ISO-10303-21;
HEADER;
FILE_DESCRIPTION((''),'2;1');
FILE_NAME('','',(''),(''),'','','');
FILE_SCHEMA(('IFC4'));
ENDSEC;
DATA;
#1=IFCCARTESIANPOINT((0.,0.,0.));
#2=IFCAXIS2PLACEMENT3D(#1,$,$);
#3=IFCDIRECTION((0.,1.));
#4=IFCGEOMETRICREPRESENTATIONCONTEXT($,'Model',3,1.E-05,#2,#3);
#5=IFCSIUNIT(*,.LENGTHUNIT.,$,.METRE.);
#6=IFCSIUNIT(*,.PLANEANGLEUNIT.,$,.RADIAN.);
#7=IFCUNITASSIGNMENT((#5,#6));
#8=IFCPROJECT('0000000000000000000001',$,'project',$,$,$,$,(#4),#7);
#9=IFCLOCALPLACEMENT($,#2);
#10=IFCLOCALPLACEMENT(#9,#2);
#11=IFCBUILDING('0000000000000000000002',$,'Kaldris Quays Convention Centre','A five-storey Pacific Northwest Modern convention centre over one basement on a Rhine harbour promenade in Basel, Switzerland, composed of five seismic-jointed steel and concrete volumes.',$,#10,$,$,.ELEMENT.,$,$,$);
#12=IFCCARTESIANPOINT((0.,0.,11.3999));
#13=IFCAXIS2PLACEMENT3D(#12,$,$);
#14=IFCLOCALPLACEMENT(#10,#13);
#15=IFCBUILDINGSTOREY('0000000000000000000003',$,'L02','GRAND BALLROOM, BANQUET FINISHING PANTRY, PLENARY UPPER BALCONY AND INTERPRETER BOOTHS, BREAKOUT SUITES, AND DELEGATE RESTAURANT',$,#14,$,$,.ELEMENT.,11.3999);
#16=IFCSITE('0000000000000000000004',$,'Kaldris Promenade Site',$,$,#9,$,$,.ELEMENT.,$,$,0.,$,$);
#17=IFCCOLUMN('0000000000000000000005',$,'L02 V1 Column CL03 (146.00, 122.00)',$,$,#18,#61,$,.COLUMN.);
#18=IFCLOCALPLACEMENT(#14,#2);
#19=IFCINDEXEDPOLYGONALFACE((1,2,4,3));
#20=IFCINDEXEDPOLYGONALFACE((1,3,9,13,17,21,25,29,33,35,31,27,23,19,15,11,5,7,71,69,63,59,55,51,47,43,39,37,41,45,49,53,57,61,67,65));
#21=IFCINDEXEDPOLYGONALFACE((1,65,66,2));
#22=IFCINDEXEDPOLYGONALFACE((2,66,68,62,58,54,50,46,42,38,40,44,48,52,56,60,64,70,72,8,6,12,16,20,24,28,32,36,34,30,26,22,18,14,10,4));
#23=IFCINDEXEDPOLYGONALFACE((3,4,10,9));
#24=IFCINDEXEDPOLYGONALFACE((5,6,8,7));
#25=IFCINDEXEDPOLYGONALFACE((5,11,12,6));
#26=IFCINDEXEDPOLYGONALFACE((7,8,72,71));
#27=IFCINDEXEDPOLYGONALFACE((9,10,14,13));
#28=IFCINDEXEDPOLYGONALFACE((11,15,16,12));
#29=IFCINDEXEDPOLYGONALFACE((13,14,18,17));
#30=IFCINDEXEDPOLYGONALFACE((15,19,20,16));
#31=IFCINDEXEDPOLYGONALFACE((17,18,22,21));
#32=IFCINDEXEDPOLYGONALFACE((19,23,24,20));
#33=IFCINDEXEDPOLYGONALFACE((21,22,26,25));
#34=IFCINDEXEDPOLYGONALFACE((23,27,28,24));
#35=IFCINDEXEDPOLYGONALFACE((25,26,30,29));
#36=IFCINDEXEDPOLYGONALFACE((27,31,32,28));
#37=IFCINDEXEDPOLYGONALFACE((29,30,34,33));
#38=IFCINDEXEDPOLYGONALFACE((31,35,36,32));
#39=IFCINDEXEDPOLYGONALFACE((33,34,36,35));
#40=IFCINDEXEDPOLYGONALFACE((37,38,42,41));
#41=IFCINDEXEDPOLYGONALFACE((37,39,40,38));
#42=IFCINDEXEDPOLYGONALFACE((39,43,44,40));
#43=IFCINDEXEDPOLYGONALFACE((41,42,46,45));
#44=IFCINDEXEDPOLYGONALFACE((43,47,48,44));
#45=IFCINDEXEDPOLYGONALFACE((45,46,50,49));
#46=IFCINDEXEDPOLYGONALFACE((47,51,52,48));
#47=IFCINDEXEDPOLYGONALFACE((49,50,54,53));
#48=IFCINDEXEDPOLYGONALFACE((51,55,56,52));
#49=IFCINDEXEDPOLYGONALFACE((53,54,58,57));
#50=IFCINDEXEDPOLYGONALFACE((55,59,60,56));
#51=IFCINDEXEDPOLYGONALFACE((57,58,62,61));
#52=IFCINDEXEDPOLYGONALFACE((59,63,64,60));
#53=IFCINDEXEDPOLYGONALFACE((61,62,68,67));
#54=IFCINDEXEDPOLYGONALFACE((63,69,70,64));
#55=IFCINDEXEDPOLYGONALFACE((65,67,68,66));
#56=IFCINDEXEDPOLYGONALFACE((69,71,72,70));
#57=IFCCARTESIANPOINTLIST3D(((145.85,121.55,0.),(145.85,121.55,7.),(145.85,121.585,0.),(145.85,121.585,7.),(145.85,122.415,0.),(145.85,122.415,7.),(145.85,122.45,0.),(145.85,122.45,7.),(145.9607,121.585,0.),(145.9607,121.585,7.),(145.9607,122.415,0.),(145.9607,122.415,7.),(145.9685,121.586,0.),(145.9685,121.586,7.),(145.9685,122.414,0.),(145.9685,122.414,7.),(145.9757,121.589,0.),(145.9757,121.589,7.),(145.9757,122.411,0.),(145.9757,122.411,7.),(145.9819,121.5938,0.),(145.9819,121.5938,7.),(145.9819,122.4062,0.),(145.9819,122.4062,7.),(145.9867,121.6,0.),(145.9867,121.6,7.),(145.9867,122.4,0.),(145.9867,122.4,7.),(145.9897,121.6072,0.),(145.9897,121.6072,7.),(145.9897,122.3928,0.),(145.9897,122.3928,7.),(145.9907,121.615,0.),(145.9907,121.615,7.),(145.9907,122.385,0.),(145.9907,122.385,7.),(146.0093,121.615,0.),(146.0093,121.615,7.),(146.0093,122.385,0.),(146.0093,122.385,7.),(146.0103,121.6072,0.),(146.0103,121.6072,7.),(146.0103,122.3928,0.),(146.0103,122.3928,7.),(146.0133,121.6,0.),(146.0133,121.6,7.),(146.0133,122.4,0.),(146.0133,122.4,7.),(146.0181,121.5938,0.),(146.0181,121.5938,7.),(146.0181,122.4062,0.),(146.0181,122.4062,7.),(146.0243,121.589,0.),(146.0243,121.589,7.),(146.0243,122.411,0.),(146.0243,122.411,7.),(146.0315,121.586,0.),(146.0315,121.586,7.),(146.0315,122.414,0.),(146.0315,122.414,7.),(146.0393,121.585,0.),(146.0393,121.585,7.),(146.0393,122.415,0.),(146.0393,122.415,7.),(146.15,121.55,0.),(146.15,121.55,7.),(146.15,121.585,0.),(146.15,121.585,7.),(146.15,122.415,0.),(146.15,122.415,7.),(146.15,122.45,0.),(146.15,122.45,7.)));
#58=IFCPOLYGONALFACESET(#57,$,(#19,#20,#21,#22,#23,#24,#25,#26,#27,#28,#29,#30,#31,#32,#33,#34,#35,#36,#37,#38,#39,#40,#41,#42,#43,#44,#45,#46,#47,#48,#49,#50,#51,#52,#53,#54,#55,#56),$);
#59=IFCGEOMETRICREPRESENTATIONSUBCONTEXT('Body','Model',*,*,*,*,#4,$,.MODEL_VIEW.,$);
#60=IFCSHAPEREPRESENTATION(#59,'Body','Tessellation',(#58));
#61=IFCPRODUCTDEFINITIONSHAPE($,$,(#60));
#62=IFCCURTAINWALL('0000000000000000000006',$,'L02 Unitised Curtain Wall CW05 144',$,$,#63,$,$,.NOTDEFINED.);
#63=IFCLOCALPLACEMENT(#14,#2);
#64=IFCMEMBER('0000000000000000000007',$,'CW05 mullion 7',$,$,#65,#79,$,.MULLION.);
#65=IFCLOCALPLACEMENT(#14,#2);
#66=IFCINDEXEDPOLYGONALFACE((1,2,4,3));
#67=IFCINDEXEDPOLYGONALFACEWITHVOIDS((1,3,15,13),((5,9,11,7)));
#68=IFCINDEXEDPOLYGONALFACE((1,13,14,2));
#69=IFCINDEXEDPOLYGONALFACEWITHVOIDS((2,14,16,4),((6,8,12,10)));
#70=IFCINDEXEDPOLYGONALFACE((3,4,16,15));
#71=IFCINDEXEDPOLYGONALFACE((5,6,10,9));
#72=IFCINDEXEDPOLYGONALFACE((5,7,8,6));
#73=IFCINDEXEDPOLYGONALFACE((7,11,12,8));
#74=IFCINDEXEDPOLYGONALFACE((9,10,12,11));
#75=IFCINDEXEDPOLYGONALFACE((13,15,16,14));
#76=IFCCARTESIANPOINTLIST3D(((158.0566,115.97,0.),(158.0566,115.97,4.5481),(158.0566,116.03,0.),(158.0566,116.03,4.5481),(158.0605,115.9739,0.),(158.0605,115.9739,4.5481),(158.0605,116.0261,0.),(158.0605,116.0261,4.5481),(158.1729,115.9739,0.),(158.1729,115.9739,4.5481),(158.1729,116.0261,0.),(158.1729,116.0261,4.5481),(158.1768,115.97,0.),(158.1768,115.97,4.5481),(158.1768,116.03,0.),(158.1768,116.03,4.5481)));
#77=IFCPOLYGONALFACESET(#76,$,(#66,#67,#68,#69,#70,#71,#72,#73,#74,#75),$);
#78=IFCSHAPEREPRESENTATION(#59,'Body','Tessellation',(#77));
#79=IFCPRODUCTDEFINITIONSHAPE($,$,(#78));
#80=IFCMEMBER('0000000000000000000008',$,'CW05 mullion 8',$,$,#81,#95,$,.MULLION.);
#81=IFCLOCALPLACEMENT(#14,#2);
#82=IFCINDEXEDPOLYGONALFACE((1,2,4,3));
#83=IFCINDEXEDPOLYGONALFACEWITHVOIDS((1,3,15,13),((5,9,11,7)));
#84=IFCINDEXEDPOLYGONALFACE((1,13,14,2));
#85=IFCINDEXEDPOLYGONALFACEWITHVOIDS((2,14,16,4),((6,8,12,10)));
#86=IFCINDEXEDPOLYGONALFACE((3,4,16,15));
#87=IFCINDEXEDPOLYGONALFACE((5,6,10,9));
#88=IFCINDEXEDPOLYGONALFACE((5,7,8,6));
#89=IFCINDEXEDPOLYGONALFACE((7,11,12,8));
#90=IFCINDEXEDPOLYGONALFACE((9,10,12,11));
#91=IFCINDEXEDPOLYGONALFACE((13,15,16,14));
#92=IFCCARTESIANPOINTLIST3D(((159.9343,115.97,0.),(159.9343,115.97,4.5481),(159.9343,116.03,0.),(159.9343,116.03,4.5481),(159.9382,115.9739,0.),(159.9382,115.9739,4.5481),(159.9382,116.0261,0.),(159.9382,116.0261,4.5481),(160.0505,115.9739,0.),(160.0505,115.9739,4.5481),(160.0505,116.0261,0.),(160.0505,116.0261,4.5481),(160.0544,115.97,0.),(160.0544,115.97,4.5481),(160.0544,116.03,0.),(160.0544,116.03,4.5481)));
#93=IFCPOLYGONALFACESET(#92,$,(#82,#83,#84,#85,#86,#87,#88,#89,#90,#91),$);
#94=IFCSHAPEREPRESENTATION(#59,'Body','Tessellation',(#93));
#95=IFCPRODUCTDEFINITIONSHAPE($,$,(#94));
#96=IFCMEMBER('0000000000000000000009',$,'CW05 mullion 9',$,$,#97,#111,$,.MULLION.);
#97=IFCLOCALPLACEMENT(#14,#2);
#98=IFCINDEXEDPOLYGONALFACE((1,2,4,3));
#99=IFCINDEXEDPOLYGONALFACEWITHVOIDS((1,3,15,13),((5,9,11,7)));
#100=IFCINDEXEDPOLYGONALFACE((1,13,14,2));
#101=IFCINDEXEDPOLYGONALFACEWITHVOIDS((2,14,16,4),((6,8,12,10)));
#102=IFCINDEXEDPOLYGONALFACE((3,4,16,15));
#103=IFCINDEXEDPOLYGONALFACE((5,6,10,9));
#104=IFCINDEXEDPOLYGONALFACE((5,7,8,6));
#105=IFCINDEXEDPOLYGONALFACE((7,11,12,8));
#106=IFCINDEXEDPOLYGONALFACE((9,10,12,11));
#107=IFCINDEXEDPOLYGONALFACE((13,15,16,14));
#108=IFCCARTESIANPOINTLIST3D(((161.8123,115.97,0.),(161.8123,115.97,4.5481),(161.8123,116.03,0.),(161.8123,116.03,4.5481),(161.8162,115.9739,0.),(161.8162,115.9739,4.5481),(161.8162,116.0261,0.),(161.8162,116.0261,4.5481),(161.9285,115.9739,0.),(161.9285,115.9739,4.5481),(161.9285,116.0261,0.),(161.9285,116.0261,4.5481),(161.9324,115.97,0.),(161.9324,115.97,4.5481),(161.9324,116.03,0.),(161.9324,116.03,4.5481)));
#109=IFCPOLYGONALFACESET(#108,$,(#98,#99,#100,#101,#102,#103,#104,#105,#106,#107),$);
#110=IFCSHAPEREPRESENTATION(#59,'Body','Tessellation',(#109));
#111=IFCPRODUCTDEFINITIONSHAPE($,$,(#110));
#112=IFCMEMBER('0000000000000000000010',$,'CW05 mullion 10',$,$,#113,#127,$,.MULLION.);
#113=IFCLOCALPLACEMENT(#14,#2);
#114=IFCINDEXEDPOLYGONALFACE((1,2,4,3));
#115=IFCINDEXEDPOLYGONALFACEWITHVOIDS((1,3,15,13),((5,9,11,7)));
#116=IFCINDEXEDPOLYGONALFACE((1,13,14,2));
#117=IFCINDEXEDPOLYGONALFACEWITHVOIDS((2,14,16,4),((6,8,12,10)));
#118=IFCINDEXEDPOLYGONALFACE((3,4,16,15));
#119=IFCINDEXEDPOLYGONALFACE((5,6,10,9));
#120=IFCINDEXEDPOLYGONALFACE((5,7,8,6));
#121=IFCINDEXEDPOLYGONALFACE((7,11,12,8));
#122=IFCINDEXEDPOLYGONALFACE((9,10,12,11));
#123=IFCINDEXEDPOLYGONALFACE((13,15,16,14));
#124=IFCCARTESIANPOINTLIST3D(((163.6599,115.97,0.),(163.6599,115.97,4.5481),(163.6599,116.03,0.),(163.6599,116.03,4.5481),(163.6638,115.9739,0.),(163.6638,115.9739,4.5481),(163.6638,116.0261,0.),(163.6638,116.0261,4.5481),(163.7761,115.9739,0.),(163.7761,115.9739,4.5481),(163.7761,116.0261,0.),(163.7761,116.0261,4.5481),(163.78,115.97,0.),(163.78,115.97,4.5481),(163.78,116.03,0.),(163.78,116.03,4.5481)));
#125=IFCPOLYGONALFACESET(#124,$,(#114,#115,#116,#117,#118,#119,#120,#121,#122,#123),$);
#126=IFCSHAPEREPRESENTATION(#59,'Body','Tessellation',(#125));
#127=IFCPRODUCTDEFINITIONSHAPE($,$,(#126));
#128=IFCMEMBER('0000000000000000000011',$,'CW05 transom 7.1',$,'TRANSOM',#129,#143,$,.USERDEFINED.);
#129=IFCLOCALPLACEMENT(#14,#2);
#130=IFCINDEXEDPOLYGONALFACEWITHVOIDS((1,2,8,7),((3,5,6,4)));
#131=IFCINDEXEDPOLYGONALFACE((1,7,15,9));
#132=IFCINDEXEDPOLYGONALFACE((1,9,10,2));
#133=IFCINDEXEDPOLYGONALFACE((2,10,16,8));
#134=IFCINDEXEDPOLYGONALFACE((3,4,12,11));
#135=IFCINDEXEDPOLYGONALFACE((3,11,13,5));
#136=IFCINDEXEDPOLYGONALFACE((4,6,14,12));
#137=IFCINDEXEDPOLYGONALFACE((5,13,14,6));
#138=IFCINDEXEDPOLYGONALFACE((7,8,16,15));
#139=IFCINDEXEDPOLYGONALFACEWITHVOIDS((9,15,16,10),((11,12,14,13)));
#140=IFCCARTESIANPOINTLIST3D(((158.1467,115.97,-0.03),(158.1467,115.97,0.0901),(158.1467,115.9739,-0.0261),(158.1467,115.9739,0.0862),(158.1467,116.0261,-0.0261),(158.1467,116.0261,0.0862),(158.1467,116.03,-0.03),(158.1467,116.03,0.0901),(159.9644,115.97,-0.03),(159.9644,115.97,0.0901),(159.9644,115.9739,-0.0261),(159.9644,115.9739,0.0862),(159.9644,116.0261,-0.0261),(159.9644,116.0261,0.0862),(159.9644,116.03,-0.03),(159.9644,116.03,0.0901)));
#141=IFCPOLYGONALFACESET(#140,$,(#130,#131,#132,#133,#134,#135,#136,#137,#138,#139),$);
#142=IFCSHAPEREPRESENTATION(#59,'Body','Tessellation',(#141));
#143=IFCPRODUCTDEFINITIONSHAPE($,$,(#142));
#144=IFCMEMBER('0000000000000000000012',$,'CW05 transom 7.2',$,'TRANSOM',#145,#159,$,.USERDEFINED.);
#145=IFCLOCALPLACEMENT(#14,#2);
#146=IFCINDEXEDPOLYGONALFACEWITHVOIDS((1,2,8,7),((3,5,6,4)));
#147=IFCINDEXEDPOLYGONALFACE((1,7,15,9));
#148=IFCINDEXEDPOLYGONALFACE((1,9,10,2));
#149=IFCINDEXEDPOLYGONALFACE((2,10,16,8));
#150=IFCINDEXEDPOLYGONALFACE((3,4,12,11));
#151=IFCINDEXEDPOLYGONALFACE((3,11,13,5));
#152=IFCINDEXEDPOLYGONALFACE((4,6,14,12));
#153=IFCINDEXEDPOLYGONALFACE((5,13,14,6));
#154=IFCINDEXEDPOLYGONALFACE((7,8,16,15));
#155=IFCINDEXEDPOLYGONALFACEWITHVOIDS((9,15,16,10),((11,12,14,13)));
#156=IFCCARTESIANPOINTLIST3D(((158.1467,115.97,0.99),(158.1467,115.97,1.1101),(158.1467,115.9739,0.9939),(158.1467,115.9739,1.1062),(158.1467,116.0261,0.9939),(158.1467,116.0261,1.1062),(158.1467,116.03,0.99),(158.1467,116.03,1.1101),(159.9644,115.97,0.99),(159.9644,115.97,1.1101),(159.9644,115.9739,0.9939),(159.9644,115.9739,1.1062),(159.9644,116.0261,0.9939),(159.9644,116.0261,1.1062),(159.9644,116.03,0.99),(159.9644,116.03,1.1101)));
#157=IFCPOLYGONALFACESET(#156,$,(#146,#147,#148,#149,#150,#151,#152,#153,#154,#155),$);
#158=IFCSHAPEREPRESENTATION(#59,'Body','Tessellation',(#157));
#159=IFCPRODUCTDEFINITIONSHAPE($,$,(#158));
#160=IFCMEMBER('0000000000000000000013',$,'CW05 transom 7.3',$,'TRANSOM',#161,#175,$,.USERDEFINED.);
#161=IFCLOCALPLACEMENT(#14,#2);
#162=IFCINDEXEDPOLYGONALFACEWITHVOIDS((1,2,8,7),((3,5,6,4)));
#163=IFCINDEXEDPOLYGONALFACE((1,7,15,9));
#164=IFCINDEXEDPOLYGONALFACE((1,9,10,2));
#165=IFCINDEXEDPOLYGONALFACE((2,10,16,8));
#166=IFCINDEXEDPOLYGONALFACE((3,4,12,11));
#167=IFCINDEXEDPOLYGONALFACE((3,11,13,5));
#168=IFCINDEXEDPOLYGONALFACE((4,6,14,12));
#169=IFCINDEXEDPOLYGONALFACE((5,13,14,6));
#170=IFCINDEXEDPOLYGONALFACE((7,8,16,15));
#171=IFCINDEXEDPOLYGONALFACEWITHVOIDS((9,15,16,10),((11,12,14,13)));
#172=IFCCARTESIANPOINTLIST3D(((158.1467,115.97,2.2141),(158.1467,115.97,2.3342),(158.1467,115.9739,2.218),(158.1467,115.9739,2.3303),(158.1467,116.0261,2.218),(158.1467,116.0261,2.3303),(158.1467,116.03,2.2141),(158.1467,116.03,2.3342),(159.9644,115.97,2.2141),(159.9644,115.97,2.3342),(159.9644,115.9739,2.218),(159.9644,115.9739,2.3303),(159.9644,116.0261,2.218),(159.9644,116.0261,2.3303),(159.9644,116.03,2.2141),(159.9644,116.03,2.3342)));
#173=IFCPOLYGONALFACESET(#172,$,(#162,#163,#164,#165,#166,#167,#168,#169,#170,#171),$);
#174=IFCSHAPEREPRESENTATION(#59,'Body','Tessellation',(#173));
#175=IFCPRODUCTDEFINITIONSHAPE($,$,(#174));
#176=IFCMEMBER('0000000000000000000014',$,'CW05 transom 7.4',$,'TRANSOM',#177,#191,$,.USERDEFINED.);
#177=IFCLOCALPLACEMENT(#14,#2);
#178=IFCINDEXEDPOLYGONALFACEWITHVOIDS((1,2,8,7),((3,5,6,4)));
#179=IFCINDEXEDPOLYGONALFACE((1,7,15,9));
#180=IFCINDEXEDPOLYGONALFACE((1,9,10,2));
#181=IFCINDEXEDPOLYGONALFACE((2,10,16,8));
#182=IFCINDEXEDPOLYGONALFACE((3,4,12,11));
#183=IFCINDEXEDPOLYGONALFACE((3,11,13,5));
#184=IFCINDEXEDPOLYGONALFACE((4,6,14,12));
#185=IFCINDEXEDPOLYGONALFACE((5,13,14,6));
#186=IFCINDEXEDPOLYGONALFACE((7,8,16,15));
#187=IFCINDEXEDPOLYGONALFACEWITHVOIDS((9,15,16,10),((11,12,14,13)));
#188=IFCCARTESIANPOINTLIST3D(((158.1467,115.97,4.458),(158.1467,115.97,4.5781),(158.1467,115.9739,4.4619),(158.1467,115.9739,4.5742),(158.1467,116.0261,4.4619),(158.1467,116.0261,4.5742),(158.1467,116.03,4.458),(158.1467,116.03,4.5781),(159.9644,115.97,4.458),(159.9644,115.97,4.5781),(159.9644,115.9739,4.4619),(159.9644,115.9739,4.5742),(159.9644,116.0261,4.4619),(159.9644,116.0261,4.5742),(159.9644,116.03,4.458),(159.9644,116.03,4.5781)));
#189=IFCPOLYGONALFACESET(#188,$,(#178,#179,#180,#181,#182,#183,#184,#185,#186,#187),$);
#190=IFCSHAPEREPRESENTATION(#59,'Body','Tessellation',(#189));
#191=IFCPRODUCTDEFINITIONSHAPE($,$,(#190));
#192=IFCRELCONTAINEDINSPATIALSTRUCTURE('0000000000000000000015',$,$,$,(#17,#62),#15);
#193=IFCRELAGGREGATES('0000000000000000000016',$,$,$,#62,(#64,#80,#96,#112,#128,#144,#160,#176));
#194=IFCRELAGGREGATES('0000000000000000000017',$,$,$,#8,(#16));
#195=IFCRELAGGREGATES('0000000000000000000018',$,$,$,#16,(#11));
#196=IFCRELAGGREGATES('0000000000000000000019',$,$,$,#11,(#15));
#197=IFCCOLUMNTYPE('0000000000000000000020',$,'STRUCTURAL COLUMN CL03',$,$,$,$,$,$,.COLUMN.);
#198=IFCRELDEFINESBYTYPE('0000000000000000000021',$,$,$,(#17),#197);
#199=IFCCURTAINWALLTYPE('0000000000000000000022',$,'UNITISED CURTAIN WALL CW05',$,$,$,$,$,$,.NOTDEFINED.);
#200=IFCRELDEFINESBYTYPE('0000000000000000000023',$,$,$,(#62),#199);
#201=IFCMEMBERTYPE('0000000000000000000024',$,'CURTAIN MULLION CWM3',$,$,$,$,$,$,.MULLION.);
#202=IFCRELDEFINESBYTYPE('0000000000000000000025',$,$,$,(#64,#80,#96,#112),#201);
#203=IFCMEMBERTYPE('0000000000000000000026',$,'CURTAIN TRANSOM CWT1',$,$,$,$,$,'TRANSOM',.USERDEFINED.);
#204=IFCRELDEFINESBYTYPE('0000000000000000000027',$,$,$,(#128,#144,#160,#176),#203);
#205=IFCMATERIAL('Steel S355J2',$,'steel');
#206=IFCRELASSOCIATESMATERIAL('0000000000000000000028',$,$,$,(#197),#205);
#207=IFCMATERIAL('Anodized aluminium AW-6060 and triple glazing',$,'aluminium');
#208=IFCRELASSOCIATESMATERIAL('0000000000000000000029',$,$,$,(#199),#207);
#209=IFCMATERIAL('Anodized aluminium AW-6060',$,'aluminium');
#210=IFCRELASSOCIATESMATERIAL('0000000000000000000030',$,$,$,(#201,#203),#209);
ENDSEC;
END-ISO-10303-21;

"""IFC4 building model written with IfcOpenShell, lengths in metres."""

from ifc_helpers import new_model, si_unit, direction, frame, origin, origin_2d, place, context, subcontext, project, spatial, hollow_rectangle, i_section, extrude, material, material_profile, profile_set, type_object, element, aggregate, save


model = new_model("IFC4")

# Units and contexts
model_context = context("Model", 3, precision=1e-05, world=origin(), true_north=direction((0.0, 1.0)))
body_context = subcontext(model_context, "Body", "Model", "MODEL_VIEW")
ifc_project = project(units=[si_unit("LENGTHUNIT", "METRE"), si_unit("PLANEANGLEUNIT", "RADIAN")], contexts=[model_context])

# Site, building, storey
site_placement = place(None, origin())
site = spatial("IfcSite", under=ifc_project, at=site_placement, Name="Kaldris Promenade Site", CompositionType="ELEMENT", RefElevation=0.0)
building_placement = place(site_placement, origin())
building = spatial("IfcBuilding", under=site, at=building_placement, Name="Kaldris Quays Convention Centre", Description="A five-storey Pacific Northwest Modern convention centre over one basement on a Rhine harbour promenade in Basel, Switzerland, composed of five seismic-jointed steel and concrete volumes.", CompositionType="ELEMENT")
storey_placement = place(building_placement, frame((0.0, 0.0, 11.3999)))
storey = spatial("IfcBuildingStorey", under=building, at=storey_placement, Name="L02", Description="GRAND BALLROOM, BANQUET FINISHING PANTRY, PLENARY UPPER BALCONY AND INTERPRETER BOOTHS, BREAKOUT SUITES, AND DELEGATE RESTAURANT", CompositionType="ELEMENT", Elevation=11.3999)

# Column
ifc_material_1 = material(Name="Steel S355J2", Category="steel")
ifc_material_profile_1 = material_profile(ifc_material_1, i_section(OverallWidth=0.3, OverallDepth=0.8999, WebThickness=0.0186, FlangeThickness=0.0349, FilletRadius=0.03, at=origin_2d()), Name="HEB 900")
ifc_profile_set_1 = profile_set([ifc_material_profile_1], Name="Steel S355J2")
column_type = type_object("IfcColumnType", Name="STRUCTURAL COLUMN CL03", PredefinedType="COLUMN", material=ifc_profile_set_1)
column_placement = place(storey_placement, frame((146.0, 122.0, 0.0), z_axis=(0.0, 0.0, 1.0), x_axis=(1.0, 0.0, 0.0)))
element("IfcColumn", 1, at=column_placement, inside=storey, type_object=column_type, Name="L02 V1 Column CL03 (146.00, 122.00)", PredefinedType="COLUMN", context=body_context, shape_type="SweptSolid", body=[
    extrude(i_section(OverallWidth=0.3, OverallDepth=0.8999, WebThickness=0.0186, FlangeThickness=0.0349, FilletRadius=0.03, at=origin_2d()), origin(), (0.0, 0.0, 1.0), 7.0),
])

# Curtain wall, members
ifc_material_2 = material(Name="Anodized aluminium AW-6060 and triple glazing", Category="aluminium")
curtain_wall_type = type_object("IfcCurtainWallType", Name="UNITISED CURTAIN WALL CW05", PredefinedType="NOTDEFINED", material=ifc_material_2)
curtain_wall_placement = place(storey_placement, origin())
curtain_wall = element("IfcCurtainWall", 2, at=curtain_wall_placement, inside=storey, type_object=curtain_wall_type, Name="L02 Unitised Curtain Wall CW05 144", PredefinedType="NOTDEFINED")
ifc_material_3 = material(Name="Anodized aluminium AW-6060", Category="aluminium")
ifc_material_profile_2 = material_profile(ifc_material_3, hollow_rectangle(XDim=0.0601, YDim=0.1201, WallThickness=0.0039, at=origin_2d()), Name="RHS 120x60x4")
ifc_profile_set_2 = profile_set([ifc_material_profile_2], Name="Anodized aluminium AW-6060")
member_type_1 = type_object("IfcMemberType", Name="CURTAIN MULLION CWM3", PredefinedType="MULLION", material=ifc_profile_set_2)
member_1_placement = place(storey_placement, frame((158.1167, 116.0, 0.0), z_axis=(0.0, 0.0, 1.0), x_axis=(0.0, 1.0, 0.0)))
member_1 = element("IfcMember", 3, at=member_1_placement, type_object=member_type_1, Name="CW05 mullion 7", PredefinedType="MULLION", context=body_context, shape_type="SweptSolid", body=[
    extrude(hollow_rectangle(XDim=0.0601, YDim=0.1201, WallThickness=0.0039, at=origin_2d()), origin(), (0.0, 0.0, 1.0), 4.5481),
])
member_2_placement = place(storey_placement, frame((159.9944, 116.0, 0.0), z_axis=(0.0, 0.0, 1.0), x_axis=(0.0, 1.0, 0.0)))
member_2 = element("IfcMember", 4, at=member_2_placement, type_object=member_type_1, Name="CW05 mullion 8", PredefinedType="MULLION", context=body_context, shape_type="SweptSolid", body=[
    extrude(hollow_rectangle(XDim=0.0601, YDim=0.1201, WallThickness=0.0039, at=origin_2d()), origin(), (0.0, 0.0, 1.0), 4.5481),
])
member_3_placement = place(storey_placement, frame((161.8723, 116.0, 0.0), z_axis=(0.0, 0.0, 1.0), x_axis=(0.0, 1.0, 0.0)))
member_3 = element("IfcMember", 5, at=member_3_placement, type_object=member_type_1, Name="CW05 mullion 9", PredefinedType="MULLION", context=body_context, shape_type="SweptSolid", body=[
    extrude(hollow_rectangle(XDim=0.0601, YDim=0.1201, WallThickness=0.0039, at=origin_2d()), origin(), (0.0, 0.0, 1.0), 4.5481),
])
member_4_placement = place(storey_placement, frame((163.72, 116.0, 0.0), z_axis=(0.0, 0.0, 1.0), x_axis=(0.0, 1.0, 0.0)))
member_4 = element("IfcMember", 6, at=member_4_placement, type_object=member_type_1, Name="CW05 mullion 10", PredefinedType="MULLION", context=body_context, shape_type="SweptSolid", body=[
    extrude(hollow_rectangle(XDim=0.0601, YDim=0.1201, WallThickness=0.0039, at=origin_2d()), origin(), (0.0, 0.0, 1.0), 4.5481),
])
ifc_material_profile_3 = material_profile(ifc_material_3, hollow_rectangle(XDim=0.0601, YDim=0.1201, WallThickness=0.0039, at=origin_2d()), Name="RHS 120x60x4")
ifc_profile_set_3 = profile_set([ifc_material_profile_3], Name="Anodized aluminium AW-6060")
member_type_2 = type_object("IfcMemberType", Name="CURTAIN TRANSOM CWT1", ElementType="TRANSOM", PredefinedType="USERDEFINED", material=ifc_profile_set_3)
member_5_placement = place(storey_placement, frame((158.1467, 116.0, 0.03), z_axis=(1.0, 0.0, 0.0), x_axis=(0.0, 1.0, 0.0)))
member_5 = element("IfcMember", 7, at=member_5_placement, type_object=member_type_2, Name="CW05 transom 7.1", ObjectType="TRANSOM", PredefinedType="USERDEFINED", context=body_context, shape_type="SweptSolid", body=[
    extrude(hollow_rectangle(XDim=0.0601, YDim=0.1201, WallThickness=0.0039, at=origin_2d()), origin(), (0.0, 0.0, 1.0), 1.8176),
])
member_6_placement = place(storey_placement, frame((158.1467, 116.0, 1.05), z_axis=(1.0, 0.0, 0.0), x_axis=(0.0, 1.0, 0.0)))
member_6 = element("IfcMember", 8, at=member_6_placement, type_object=member_type_2, Name="CW05 transom 7.2", ObjectType="TRANSOM", PredefinedType="USERDEFINED", context=body_context, shape_type="SweptSolid", body=[
    extrude(hollow_rectangle(XDim=0.0601, YDim=0.1201, WallThickness=0.0039, at=origin_2d()), origin(), (0.0, 0.0, 1.0), 1.8176),
])
member_7_placement = place(storey_placement, frame((158.1467, 116.0, 2.2742), z_axis=(1.0, 0.0, 0.0), x_axis=(0.0, 1.0, 0.0)))
member_7 = element("IfcMember", 9, at=member_7_placement, type_object=member_type_2, Name="CW05 transom 7.3", ObjectType="TRANSOM", PredefinedType="USERDEFINED", context=body_context, shape_type="SweptSolid", body=[
    extrude(hollow_rectangle(XDim=0.0601, YDim=0.1201, WallThickness=0.0039, at=origin_2d()), origin(), (0.0, 0.0, 1.0), 1.8176),
])
member_8_placement = place(storey_placement, frame((158.1467, 116.0, 4.5181), z_axis=(1.0, 0.0, 0.0), x_axis=(0.0, 1.0, 0.0)))
member_8 = element("IfcMember", 10, at=member_8_placement, type_object=member_type_2, Name="CW05 transom 7.4", ObjectType="TRANSOM", PredefinedType="USERDEFINED", context=body_context, shape_type="SweptSolid", body=[
    extrude(hollow_rectangle(XDim=0.0601, YDim=0.1201, WallThickness=0.0039, at=origin_2d()), origin(), (0.0, 0.0, 1.0), 1.8176),
])

aggregate(curtain_wall, [member_1, member_2, member_3, member_4, member_5, member_6, member_7, member_8])

save(model, "model.ifc")
